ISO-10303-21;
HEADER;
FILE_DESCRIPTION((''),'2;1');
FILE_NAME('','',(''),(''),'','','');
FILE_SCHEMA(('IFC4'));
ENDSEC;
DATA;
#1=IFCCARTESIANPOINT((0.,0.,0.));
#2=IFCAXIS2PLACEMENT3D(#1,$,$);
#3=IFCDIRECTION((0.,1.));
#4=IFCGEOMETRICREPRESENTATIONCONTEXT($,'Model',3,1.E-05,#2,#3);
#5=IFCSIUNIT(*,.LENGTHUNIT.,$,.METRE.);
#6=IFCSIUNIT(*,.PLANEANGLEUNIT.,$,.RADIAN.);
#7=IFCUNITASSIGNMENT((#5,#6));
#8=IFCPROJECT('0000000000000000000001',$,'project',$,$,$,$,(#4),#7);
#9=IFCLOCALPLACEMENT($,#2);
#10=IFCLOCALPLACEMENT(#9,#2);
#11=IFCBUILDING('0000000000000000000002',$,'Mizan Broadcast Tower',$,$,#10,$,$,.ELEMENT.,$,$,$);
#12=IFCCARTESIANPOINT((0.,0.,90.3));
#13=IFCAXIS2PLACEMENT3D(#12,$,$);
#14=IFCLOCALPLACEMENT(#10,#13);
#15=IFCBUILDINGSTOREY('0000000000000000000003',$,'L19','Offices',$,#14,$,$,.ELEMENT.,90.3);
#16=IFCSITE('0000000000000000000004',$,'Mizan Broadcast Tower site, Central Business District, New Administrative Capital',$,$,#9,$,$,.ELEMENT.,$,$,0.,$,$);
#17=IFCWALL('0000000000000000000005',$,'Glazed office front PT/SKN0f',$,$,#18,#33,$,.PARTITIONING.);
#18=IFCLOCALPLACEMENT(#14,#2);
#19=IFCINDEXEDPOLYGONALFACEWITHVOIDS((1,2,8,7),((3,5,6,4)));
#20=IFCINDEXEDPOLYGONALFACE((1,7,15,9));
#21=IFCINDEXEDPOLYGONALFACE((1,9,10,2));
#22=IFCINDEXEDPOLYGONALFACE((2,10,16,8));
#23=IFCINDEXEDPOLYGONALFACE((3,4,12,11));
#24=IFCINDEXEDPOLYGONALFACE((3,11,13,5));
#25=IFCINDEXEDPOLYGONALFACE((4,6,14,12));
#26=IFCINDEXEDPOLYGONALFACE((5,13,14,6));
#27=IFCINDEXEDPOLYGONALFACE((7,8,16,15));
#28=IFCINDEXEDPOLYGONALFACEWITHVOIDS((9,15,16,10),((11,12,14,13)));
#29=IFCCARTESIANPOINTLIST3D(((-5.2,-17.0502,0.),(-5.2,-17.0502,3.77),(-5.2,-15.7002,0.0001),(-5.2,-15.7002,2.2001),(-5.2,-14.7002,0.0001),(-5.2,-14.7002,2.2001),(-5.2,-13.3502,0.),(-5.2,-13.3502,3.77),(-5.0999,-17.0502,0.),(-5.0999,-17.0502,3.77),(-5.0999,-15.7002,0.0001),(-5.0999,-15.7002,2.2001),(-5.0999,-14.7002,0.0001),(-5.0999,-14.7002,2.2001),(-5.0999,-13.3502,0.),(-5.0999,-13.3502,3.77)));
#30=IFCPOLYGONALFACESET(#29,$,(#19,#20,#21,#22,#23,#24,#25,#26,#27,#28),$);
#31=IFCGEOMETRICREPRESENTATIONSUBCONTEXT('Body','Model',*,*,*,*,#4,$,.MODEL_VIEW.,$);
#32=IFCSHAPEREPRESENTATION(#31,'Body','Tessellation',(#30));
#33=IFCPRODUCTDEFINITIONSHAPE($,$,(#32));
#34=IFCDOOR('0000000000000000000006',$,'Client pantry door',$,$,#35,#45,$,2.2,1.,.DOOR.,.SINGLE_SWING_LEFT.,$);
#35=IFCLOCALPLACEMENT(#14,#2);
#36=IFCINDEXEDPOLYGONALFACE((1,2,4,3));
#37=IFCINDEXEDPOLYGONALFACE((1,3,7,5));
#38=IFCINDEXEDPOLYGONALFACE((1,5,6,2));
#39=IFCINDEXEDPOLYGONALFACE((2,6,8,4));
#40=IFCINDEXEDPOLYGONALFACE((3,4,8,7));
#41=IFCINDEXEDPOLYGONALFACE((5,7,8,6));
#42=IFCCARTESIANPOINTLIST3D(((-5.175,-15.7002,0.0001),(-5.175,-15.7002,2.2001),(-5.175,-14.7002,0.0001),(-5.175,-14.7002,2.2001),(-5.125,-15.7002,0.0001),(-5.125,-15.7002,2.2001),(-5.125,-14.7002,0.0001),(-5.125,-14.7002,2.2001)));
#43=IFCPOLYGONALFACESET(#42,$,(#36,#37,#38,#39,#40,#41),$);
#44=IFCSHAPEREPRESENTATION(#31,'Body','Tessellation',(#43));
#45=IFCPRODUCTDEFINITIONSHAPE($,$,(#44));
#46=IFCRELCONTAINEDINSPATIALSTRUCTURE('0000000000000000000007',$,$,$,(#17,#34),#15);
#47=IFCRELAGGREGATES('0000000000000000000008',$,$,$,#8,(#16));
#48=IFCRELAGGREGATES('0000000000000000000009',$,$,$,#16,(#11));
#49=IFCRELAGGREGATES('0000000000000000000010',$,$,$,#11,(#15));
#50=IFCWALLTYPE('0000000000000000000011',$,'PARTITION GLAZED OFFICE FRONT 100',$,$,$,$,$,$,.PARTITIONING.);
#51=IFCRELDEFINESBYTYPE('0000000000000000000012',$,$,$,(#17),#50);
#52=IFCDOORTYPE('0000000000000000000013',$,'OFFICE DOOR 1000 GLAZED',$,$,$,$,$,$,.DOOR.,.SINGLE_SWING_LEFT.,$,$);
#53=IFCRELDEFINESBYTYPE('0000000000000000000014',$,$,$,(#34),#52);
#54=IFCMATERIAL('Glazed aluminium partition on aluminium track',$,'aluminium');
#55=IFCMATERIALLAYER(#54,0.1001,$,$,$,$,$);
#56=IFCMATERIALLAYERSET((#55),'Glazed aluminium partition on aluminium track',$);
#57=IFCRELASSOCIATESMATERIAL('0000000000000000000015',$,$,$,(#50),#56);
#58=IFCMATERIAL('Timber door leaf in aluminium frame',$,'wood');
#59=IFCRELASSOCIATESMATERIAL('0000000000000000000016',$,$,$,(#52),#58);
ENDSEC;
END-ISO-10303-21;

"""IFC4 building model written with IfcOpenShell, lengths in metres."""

from ifc_helpers import new_model, si_unit, direction, frame, frame_2d, origin, place, context, subcontext, project, spatial, rectangle, extrude, material, layer, layer_set, type_object, element, fill, save


model = new_model("IFC4")

# Units and contexts
model_context = context("Model", 3, precision=1e-05, world=origin(), true_north=direction((0.0, 1.0)))
body_context = subcontext(model_context, "Body", "Model", "MODEL_VIEW")
ifc_project = project(units=[si_unit("LENGTHUNIT", "METRE"), si_unit("PLANEANGLEUNIT", "RADIAN")], contexts=[model_context])

# Site, building, storey
site_placement = place(None, origin())
site = spatial("IfcSite", under=ifc_project, at=site_placement, Name="Mizan Broadcast Tower site, Central Business District, New Administrative Capital", CompositionType="ELEMENT", RefElevation=0.0)
building_placement = place(site_placement, origin())
building = spatial("IfcBuilding", under=site, at=building_placement, Name="Mizan Broadcast Tower", CompositionType="ELEMENT")
storey_placement = place(building_placement, frame((0.0, 0.0, 90.3)))
storey = spatial("IfcBuildingStorey", under=building, at=storey_placement, Name="L19", Description="Offices", CompositionType="ELEMENT", Elevation=90.3)

# Shared definitions
ifc_material_1 = material(Name="Glazed aluminium partition on aluminium track", Category="aluminium")
ifc_layer_1 = layer(ifc_material_1, 0.1001)
ifc_layer_set_1 = layer_set([ifc_layer_1], Name="Glazed aluminium partition on aluminium track")
wall_type_1 = type_object("IfcWallType", Name="PARTITION GLAZED OFFICE FRONT 100", PredefinedType="PARTITIONING", material=ifc_layer_set_1)

# Wall, opening, door
wall_1_placement = place(storey_placement, frame((-5.1499, -13.3501, 0.0), z_axis=(0.0, 0.0, 1.0), x_axis=(0.0, -1.0, 0.0)))
wall_1 = element("IfcWall", 1, at=wall_1_placement, inside=storey, type_object=wall_type_1, Name="Glazed office front PT/SKN0f", PredefinedType="PARTITIONING", context=body_context, shape_type="SweptSolid", body=[
    extrude(rectangle(XDim=3.7, YDim=0.1001, at=frame_2d((1.8501, 0.0))), origin(), (0.0, 0.0, 1.0), 3.77),
])
opening_placement = place(wall_1_placement, frame((1.3501, 0.0, 0.0)))
opening = element("IfcOpeningElement", 2, at=opening_placement, cuts=wall_1, PredefinedType="OPENING", context=body_context, shape_type="SweptSolid", body=[
    extrude(rectangle(XDim=1.0, YDim=2.2, at=frame_2d((0.5, 1.1001))), frame((0.0, 0.0601, 0.0), z_axis=(0.0, -1.0, 0.0), x_axis=(1.0, 0.0, 0.0)), (0.0, 0.0, 1.0), 0.1201),
])
ifc_material_2 = material(Name="Timber door leaf in aluminium frame", Category="wood")
door_type = type_object("IfcDoorType", Name="OFFICE DOOR 1000 GLAZED", OperationType="SINGLE_SWING_LEFT", PredefinedType="DOOR", material=ifc_material_2)
door_placement = place(opening_placement, origin())
door = element("IfcDoor", 3, at=door_placement, inside=storey, type_object=door_type, Name="Client pantry door", OperationType="SINGLE_SWING_LEFT", OverallHeight=2.2, OverallWidth=1.0, PredefinedType="DOOR", context=body_context, shape_type="SweptSolid", body=[
    extrude(rectangle(XDim=1.0, YDim=2.2, at=frame_2d((0.5, 1.1001))), frame((0.0, 0.0249, 0.0), z_axis=(0.0, -1.0, 0.0), x_axis=(1.0, 0.0, 0.0)), (0.0, 0.0, 1.0), 0.05),
])
fill(opening, door)

save(model, "model.ifc")
